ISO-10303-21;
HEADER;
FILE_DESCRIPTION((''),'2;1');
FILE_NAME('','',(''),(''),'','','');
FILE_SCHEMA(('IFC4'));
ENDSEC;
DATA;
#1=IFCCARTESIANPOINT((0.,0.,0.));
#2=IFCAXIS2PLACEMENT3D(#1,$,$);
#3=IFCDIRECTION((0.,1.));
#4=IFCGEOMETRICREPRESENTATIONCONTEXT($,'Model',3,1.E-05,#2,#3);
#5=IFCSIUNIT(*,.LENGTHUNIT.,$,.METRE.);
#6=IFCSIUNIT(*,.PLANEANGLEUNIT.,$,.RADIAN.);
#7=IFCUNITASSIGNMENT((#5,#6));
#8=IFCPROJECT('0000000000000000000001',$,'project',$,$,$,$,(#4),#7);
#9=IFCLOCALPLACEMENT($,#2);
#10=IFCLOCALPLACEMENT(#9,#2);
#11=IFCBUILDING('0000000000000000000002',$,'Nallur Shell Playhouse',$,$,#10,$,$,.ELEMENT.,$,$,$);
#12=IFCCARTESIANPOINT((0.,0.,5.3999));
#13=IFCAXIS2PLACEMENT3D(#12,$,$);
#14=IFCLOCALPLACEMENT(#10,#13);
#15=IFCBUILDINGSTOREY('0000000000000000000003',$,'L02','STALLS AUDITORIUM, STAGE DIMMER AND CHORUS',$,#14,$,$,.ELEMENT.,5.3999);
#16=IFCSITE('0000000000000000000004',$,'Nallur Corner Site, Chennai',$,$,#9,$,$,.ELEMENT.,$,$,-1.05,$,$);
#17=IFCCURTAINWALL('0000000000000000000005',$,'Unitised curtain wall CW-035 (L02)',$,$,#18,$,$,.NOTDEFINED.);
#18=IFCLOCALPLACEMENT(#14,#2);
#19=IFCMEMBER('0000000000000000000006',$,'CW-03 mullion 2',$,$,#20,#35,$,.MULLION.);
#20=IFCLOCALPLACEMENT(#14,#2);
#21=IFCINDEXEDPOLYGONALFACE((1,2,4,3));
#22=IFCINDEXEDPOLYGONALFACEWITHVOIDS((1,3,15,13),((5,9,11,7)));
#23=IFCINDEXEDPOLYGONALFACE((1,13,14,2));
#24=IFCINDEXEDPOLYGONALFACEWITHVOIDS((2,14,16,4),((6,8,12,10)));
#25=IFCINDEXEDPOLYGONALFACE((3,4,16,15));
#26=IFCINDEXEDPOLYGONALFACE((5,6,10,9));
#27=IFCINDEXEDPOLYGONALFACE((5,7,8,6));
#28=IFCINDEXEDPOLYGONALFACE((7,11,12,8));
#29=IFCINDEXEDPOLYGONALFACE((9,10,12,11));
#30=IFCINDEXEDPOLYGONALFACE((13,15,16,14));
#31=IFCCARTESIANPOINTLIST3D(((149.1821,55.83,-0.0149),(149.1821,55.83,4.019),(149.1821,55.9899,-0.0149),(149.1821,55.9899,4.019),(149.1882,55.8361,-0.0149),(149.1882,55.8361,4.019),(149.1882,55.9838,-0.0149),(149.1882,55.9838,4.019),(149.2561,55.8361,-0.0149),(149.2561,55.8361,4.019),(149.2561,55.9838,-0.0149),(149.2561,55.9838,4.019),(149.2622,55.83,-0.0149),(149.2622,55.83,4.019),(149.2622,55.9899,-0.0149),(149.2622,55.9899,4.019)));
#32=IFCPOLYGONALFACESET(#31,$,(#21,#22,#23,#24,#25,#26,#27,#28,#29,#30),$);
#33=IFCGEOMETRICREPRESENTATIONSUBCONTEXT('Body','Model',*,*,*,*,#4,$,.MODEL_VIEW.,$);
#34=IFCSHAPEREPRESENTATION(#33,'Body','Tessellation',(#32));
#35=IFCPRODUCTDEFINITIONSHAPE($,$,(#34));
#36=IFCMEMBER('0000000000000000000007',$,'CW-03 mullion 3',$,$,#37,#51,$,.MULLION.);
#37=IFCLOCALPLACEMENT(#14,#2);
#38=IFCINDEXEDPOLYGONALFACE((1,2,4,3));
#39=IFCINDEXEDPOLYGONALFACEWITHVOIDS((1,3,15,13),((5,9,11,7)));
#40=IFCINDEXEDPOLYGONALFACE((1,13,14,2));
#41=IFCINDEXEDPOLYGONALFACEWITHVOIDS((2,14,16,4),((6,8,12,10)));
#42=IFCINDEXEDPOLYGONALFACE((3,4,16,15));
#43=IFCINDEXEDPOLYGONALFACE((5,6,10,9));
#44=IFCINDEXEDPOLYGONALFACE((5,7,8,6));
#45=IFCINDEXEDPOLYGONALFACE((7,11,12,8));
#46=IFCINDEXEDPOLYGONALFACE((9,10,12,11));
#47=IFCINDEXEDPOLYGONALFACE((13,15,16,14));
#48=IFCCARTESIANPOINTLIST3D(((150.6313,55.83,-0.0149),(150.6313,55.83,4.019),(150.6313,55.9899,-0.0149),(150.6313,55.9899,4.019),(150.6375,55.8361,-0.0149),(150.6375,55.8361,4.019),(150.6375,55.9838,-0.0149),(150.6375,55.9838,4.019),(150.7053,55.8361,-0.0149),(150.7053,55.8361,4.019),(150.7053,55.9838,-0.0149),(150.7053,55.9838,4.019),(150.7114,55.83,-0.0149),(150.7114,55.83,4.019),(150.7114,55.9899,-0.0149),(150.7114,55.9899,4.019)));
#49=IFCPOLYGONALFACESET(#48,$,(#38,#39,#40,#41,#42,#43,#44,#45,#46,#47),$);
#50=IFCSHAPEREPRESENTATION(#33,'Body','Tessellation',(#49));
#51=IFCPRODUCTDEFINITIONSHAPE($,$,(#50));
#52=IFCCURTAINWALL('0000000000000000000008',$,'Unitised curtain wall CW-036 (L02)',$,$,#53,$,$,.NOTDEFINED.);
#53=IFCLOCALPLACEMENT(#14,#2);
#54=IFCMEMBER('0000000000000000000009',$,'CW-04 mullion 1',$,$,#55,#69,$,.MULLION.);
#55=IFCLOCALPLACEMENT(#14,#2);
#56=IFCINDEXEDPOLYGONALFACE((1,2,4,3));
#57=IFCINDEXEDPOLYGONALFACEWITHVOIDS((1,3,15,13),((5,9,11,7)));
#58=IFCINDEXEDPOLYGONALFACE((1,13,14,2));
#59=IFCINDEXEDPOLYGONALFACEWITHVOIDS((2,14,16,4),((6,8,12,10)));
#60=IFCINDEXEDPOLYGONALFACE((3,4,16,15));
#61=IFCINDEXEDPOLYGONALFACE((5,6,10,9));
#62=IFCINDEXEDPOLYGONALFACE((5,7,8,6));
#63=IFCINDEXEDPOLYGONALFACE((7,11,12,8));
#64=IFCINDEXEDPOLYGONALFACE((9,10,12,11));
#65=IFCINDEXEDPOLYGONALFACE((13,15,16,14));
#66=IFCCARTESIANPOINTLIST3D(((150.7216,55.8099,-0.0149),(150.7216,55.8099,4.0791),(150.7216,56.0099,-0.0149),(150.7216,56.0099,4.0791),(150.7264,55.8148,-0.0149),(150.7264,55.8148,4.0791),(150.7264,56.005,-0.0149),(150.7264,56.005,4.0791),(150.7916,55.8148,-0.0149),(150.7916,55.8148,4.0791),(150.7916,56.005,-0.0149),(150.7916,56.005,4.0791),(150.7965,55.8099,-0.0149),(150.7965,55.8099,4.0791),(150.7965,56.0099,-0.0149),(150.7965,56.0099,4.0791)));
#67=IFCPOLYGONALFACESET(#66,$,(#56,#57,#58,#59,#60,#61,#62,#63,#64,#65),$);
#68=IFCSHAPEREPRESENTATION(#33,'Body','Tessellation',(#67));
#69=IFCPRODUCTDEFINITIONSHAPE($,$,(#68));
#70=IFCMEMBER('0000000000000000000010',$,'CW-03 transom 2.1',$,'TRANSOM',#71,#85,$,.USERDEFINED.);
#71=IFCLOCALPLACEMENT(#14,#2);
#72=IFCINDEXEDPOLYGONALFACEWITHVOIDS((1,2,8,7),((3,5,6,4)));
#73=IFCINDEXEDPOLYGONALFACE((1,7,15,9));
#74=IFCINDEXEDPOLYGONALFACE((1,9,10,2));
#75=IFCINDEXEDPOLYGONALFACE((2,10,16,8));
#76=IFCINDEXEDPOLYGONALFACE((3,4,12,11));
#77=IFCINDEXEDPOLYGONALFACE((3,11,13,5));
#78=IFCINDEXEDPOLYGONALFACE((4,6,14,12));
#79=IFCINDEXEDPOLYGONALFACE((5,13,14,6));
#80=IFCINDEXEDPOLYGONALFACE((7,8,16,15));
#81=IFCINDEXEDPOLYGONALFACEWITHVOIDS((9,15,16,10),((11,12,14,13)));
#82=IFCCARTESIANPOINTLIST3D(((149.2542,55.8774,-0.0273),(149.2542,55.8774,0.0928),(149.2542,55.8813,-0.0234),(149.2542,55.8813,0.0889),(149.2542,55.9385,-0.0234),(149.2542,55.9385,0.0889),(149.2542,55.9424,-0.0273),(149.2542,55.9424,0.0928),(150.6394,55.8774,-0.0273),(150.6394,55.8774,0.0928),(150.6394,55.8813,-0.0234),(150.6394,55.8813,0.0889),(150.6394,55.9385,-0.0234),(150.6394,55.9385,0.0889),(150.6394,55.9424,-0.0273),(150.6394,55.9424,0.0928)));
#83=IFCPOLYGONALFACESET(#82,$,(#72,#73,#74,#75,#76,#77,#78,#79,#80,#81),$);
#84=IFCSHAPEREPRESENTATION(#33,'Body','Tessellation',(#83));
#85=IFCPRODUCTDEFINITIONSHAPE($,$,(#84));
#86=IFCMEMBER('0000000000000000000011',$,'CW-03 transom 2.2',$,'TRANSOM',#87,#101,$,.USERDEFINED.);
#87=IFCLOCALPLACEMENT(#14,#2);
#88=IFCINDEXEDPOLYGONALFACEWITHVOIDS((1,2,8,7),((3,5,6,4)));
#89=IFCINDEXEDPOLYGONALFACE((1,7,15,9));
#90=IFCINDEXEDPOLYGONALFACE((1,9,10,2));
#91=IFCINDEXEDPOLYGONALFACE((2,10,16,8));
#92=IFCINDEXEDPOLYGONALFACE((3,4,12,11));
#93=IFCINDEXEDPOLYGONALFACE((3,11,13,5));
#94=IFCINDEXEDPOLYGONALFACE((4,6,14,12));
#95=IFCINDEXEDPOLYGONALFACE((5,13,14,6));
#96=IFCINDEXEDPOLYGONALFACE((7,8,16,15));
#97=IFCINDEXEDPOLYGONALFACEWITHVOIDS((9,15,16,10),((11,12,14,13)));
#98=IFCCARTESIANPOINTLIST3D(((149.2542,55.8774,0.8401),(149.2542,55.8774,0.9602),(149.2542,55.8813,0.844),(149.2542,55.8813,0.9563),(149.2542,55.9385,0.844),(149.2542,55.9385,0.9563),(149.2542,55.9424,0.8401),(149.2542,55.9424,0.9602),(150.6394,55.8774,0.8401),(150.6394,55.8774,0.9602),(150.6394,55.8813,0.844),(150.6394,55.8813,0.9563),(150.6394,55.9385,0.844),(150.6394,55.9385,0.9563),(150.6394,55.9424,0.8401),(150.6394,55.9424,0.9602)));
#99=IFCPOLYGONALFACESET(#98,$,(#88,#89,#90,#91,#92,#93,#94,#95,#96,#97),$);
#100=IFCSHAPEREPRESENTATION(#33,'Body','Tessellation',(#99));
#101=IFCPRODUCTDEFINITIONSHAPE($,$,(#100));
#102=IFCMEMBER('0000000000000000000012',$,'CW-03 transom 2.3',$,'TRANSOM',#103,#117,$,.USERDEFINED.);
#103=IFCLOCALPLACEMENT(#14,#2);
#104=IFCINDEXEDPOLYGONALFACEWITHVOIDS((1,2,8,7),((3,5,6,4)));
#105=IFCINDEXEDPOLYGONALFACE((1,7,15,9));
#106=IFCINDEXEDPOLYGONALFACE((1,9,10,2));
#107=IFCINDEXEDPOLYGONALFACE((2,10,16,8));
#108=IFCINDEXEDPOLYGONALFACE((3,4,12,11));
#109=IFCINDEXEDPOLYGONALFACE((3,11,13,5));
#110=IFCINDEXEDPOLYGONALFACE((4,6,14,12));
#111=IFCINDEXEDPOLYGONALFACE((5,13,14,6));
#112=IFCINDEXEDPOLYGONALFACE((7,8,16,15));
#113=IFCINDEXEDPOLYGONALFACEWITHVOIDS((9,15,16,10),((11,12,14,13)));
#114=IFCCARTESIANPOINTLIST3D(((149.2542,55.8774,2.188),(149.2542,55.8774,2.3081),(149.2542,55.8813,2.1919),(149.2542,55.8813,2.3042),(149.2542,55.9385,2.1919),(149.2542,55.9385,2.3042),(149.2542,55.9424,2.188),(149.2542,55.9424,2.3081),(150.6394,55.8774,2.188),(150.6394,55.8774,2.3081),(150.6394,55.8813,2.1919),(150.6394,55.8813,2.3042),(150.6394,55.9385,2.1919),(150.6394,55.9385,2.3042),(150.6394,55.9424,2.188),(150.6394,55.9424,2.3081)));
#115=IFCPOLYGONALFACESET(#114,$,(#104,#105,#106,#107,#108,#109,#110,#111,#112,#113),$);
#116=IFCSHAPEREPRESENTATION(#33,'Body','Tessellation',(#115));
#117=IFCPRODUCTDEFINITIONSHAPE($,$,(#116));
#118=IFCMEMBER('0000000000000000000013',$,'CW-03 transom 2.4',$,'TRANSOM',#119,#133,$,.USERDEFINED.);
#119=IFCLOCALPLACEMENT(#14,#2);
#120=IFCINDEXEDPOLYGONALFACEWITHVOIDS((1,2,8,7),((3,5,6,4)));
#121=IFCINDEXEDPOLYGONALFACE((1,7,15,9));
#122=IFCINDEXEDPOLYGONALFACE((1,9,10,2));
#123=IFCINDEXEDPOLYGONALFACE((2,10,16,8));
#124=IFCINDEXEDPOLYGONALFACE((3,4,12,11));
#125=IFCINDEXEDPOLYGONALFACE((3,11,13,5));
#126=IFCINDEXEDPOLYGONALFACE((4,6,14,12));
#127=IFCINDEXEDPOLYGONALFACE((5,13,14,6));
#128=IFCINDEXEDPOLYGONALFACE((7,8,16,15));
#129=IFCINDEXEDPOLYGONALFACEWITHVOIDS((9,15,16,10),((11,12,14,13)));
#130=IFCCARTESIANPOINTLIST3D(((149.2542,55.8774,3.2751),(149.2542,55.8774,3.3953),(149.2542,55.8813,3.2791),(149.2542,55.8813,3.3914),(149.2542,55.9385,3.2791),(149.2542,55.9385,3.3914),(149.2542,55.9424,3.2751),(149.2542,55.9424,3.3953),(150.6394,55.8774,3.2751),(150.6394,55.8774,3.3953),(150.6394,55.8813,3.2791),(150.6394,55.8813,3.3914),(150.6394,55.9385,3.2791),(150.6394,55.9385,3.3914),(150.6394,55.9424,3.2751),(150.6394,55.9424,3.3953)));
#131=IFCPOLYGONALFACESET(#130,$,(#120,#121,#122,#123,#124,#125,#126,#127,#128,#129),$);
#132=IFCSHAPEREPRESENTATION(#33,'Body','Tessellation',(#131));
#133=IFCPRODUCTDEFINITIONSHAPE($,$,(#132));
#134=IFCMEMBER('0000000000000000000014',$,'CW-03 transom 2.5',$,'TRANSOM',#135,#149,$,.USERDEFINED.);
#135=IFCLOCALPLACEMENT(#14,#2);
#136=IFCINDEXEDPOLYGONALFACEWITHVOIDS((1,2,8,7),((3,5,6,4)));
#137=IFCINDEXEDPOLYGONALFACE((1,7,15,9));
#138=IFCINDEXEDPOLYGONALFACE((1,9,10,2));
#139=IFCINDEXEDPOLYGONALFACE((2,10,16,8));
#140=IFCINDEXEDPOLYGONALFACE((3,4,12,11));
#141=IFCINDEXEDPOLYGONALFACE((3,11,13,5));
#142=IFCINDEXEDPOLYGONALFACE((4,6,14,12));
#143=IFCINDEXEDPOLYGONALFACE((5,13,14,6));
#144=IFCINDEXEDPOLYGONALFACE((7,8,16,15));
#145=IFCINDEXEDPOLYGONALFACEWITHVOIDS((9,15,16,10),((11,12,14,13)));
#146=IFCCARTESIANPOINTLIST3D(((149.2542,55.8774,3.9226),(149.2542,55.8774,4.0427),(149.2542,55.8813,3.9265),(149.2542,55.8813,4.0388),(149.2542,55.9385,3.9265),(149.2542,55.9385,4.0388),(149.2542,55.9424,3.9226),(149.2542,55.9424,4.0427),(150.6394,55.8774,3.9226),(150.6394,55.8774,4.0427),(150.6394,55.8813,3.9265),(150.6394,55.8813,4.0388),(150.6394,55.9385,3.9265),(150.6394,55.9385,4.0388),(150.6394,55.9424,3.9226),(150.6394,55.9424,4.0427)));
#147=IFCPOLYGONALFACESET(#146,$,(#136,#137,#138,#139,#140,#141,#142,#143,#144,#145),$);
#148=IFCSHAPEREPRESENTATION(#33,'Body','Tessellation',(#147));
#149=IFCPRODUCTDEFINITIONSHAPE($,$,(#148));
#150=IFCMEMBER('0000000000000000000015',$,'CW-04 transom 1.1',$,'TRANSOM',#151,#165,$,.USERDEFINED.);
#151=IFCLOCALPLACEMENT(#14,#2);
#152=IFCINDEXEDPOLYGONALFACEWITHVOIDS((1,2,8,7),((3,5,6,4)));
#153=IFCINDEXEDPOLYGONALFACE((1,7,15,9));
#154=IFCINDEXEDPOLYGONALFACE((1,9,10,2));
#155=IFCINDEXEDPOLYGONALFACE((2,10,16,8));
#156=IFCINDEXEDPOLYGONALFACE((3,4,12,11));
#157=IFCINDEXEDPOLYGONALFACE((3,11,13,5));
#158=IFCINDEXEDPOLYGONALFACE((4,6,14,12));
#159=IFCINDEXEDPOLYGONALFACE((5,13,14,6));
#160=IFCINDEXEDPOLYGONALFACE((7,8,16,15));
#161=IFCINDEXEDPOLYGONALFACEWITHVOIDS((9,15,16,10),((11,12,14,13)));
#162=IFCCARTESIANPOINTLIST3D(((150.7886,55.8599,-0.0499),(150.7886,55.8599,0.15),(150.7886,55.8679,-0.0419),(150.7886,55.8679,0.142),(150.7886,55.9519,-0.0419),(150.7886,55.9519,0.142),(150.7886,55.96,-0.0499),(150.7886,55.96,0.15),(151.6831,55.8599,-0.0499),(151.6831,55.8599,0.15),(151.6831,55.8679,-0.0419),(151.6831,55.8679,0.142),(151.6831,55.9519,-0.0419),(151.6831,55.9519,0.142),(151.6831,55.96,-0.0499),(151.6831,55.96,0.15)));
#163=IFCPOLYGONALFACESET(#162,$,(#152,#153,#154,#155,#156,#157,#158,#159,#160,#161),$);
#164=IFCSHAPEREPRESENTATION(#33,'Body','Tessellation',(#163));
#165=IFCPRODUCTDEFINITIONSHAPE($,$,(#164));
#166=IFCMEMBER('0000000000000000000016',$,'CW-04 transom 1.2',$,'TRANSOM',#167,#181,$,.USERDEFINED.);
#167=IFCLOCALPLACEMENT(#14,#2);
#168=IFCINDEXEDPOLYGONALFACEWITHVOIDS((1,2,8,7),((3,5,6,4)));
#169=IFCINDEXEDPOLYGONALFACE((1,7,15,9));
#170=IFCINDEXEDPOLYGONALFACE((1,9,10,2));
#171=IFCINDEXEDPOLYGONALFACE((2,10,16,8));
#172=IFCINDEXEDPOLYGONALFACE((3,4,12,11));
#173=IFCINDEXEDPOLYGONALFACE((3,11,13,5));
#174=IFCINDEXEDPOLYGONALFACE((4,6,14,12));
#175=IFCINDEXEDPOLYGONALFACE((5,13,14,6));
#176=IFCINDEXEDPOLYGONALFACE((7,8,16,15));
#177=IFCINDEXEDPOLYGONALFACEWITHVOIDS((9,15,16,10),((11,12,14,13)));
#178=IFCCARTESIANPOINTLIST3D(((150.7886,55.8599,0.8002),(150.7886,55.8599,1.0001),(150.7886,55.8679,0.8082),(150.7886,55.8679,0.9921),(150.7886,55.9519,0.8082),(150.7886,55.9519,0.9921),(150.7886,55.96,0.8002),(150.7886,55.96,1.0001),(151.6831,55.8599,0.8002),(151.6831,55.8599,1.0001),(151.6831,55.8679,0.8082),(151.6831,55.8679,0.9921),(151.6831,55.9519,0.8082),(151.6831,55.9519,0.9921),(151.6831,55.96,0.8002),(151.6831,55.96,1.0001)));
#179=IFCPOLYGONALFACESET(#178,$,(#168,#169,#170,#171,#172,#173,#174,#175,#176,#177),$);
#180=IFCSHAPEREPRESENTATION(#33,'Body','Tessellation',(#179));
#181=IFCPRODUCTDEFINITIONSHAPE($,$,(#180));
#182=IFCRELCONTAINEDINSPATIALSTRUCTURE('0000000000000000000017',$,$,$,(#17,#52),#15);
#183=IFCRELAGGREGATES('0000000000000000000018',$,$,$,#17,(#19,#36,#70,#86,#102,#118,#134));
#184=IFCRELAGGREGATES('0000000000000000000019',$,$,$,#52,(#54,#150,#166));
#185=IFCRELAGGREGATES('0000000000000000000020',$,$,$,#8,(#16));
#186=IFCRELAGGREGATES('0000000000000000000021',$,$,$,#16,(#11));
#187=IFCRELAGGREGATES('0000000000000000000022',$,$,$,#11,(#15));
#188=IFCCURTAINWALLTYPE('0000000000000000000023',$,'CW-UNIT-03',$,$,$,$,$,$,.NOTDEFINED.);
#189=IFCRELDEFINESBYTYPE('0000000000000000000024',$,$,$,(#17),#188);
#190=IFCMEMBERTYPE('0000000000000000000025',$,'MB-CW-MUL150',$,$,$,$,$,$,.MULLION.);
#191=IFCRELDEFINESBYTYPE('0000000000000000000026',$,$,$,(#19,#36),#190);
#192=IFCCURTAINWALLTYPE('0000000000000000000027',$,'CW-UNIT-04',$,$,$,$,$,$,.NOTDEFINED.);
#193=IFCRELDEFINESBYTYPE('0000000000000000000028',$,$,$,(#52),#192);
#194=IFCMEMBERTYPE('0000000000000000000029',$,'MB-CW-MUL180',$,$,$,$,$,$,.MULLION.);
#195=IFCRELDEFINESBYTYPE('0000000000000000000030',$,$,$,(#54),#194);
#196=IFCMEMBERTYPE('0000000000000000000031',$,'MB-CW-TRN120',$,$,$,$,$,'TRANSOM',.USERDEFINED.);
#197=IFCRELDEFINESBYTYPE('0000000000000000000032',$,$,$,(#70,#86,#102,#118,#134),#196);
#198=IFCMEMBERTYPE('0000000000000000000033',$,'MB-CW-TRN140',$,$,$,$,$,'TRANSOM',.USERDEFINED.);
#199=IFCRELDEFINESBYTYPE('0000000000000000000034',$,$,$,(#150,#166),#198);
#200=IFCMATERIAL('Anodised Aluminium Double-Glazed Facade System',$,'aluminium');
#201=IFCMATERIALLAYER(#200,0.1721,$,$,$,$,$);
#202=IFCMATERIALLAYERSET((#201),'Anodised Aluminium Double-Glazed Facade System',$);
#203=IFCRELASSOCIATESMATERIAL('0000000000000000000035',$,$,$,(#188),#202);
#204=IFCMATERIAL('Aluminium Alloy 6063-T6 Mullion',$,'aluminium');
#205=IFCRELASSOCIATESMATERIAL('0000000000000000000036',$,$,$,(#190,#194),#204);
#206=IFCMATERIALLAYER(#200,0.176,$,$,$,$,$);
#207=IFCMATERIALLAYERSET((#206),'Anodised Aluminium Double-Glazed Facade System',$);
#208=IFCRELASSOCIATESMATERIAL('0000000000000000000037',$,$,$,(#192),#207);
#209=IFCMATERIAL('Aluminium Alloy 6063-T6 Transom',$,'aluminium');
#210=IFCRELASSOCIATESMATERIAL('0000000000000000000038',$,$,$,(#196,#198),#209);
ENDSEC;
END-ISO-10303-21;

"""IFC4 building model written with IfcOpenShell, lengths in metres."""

from ifc_helpers import new_model, si_unit, direction, frame, origin, origin_2d, place, context, subcontext, project, spatial, hollow_rectangle, extrude, material, layer, layer_set, material_profile, profile_set, type_object, element, aggregate, save


model = new_model("IFC4")

# Units and contexts
model_context = context("Model", 3, precision=1e-05, world=origin(), true_north=direction((0.0, 1.0)))
body_context = subcontext(model_context, "Body", "Model", "MODEL_VIEW")
ifc_project = project(units=[si_unit("LENGTHUNIT", "METRE"), si_unit("PLANEANGLEUNIT", "RADIAN")], contexts=[model_context])

# Site, building, storey
site_placement = place(None, origin())
site = spatial("IfcSite", under=ifc_project, at=site_placement, Name="Nallur Corner Site, Chennai", CompositionType="ELEMENT", RefElevation=-1.05)
building_placement = place(site_placement, origin())
building = spatial("IfcBuilding", under=site, at=building_placement, Name="Nallur Shell Playhouse", CompositionType="ELEMENT")
storey_placement = place(building_placement, frame((0.0, 0.0, 5.3999)))
storey = spatial("IfcBuildingStorey", under=building, at=storey_placement, Name="L02", Description="STALLS AUDITORIUM, STAGE DIMMER AND CHORUS", CompositionType="ELEMENT", Elevation=5.3999)

# Curtain wall, members
ifc_material_1 = material(Name="Anodised Aluminium Double-Glazed Facade System", Category="aluminium")
ifc_layer_1 = layer(ifc_material_1, 0.1721)
ifc_layer_set_1 = layer_set([ifc_layer_1], Name="Anodised Aluminium Double-Glazed Facade System")
curtain_wall_type_1 = type_object("IfcCurtainWallType", Name="CW-UNIT-03", PredefinedType="NOTDEFINED", material=ifc_layer_set_1)
curtain_wall_1_placement = place(storey_placement, origin())
curtain_wall_1 = element("IfcCurtainWall", 1, at=curtain_wall_1_placement, inside=storey, type_object=curtain_wall_type_1, Name="Unitised curtain wall CW-035 (L02)", PredefinedType="NOTDEFINED")
ifc_material_2 = material(Name="Aluminium Alloy 6063-T6 Mullion", Category="aluminium")
ifc_material_profile_1 = material_profile(ifc_material_2, hollow_rectangle(XDim=0.0801, YDim=0.1599, WallThickness=0.0061, at=origin_2d()), Name="RHS 160x80x6")
ifc_profile_set_1 = profile_set([ifc_material_profile_1], Name="Aluminium Alloy 6063-T6 Mullion")
member_type_1 = type_object("IfcMemberType", Name="MB-CW-MUL150", PredefinedType="MULLION", material=ifc_profile_set_1)
member_1_placement = place(storey_placement, frame((149.2222, 55.9099, -0.0149), z_axis=(0.0, 0.0, 1.0), x_axis=(1.0, 0.0, 0.0)))
member_1 = element("IfcMember", 2, at=member_1_placement, type_object=member_type_1, Name="CW-03 mullion 2", PredefinedType="MULLION", context=body_context, shape_type="SweptSolid", body=[
    extrude(hollow_rectangle(XDim=0.0801, YDim=0.1599, WallThickness=0.0061, at=origin_2d()), origin(), (0.0, 0.0, 1.0), 4.0339),
])
member_2_placement = place(storey_placement, frame((150.6714, 55.9099, -0.0149), z_axis=(0.0, 0.0, 1.0), x_axis=(1.0, 0.0, 0.0)))
member_2 = element("IfcMember", 3, at=member_2_placement, type_object=member_type_1, Name="CW-03 mullion 3", PredefinedType="MULLION", context=body_context, shape_type="SweptSolid", body=[
    extrude(hollow_rectangle(XDim=0.0801, YDim=0.1599, WallThickness=0.0061, at=origin_2d()), origin(), (0.0, 0.0, 1.0), 4.0339),
])

# Curtain wall, member
ifc_layer_2 = layer(ifc_material_1, 0.176)
ifc_layer_set_2 = layer_set([ifc_layer_2], Name="Anodised Aluminium Double-Glazed Facade System")
curtain_wall_type_2 = type_object("IfcCurtainWallType", Name="CW-UNIT-04", PredefinedType="NOTDEFINED", material=ifc_layer_set_2)
curtain_wall_2_placement = place(storey_placement, origin())
curtain_wall_2 = element("IfcCurtainWall", 4, at=curtain_wall_2_placement, inside=storey, type_object=curtain_wall_type_2, Name="Unitised curtain wall CW-036 (L02)", PredefinedType="NOTDEFINED")
ifc_material_profile_2 = material_profile(ifc_material_2, hollow_rectangle(XDim=0.075, YDim=0.2, WallThickness=0.0049, at=origin_2d()), Name="ALU 75x200x5")
ifc_profile_set_2 = profile_set([ifc_material_profile_2], Name="Aluminium Alloy 6063-T6 Mullion")
member_type_2 = type_object("IfcMemberType", Name="MB-CW-MUL180", PredefinedType="MULLION", material=ifc_profile_set_2)
member_3_placement = place(storey_placement, frame((150.759, 55.9099, -0.0149), z_axis=(0.0, 0.0, 1.0), x_axis=(1.0, 0.0, 0.0)))
member_3 = element("IfcMember", 5, at=member_3_placement, type_object=member_type_2, Name="CW-04 mullion 1", PredefinedType="MULLION", context=body_context, shape_type="SweptSolid", body=[
    extrude(hollow_rectangle(XDim=0.075, YDim=0.2, WallThickness=0.0049, at=origin_2d()), origin(), (0.0, 0.0, 1.0), 4.094),
])

# Members
ifc_material_3 = material(Name="Aluminium Alloy 6063-T6 Transom", Category="aluminium")
ifc_material_profile_3 = material_profile(ifc_material_3, hollow_rectangle(XDim=0.0649, YDim=0.1201, WallThickness=0.0039, at=origin_2d()), Name="ALU 65x120x4")
ifc_profile_set_3 = profile_set([ifc_material_profile_3], Name="Aluminium Alloy 6063-T6 Transom")
member_type_3 = type_object("IfcMemberType", Name="MB-CW-TRN120", ElementType="TRANSOM", PredefinedType="USERDEFINED", material=ifc_profile_set_3)
member_4_placement = place(storey_placement, frame((149.2542, 55.9099, 0.0327), z_axis=(1.0, 0.0, 0.0), x_axis=(0.0, 1.0, 0.0)))
member_4 = element("IfcMember", 6, at=member_4_placement, type_object=member_type_3, Name="CW-03 transom 2.1", ObjectType="TRANSOM", PredefinedType="USERDEFINED", context=body_context, shape_type="SweptSolid", body=[
    extrude(hollow_rectangle(XDim=0.0649, YDim=0.1201, WallThickness=0.0039, at=origin_2d()), origin(), (0.0, 0.0, 1.0), 1.3853),
])
member_5_placement = place(storey_placement, frame((149.2542, 55.9099, 0.9001), z_axis=(1.0, 0.0, 0.0), x_axis=(0.0, 1.0, 0.0)))
member_5 = element("IfcMember", 7, at=member_5_placement, type_object=member_type_3, Name="CW-03 transom 2.2", ObjectType="TRANSOM", PredefinedType="USERDEFINED", context=body_context, shape_type="SweptSolid", body=[
    extrude(hollow_rectangle(XDim=0.0649, YDim=0.1201, WallThickness=0.0039, at=origin_2d()), origin(), (0.0, 0.0, 1.0), 1.3853),
])
member_6_placement = place(storey_placement, frame((149.2542, 55.9099, 2.248), z_axis=(1.0, 0.0, 0.0), x_axis=(0.0, 1.0, 0.0)))
member_6 = element("IfcMember", 8, at=member_6_placement, type_object=member_type_3, Name="CW-03 transom 2.3", ObjectType="TRANSOM", PredefinedType="USERDEFINED", context=body_context, shape_type="SweptSolid", body=[
    extrude(hollow_rectangle(XDim=0.0649, YDim=0.1201, WallThickness=0.0039, at=origin_2d()), origin(), (0.0, 0.0, 1.0), 1.3853),
])
member_7_placement = place(storey_placement, frame((149.2542, 55.9099, 3.3352), z_axis=(1.0, 0.0, 0.0), x_axis=(0.0, 1.0, 0.0)))
member_7 = element("IfcMember", 9, at=member_7_placement, type_object=member_type_3, Name="CW-03 transom 2.4", ObjectType="TRANSOM", PredefinedType="USERDEFINED", context=body_context, shape_type="SweptSolid", body=[
    extrude(hollow_rectangle(XDim=0.0649, YDim=0.1201, WallThickness=0.0039, at=origin_2d()), origin(), (0.0, 0.0, 1.0), 1.3853),
])
member_8_placement = place(storey_placement, frame((149.2542, 55.9099, 3.9827), z_axis=(1.0, 0.0, 0.0), x_axis=(0.0, 1.0, 0.0)))
member_8 = element("IfcMember", 10, at=member_8_placement, type_object=member_type_3, Name="CW-03 transom 2.5", ObjectType="TRANSOM", PredefinedType="USERDEFINED", context=body_context, shape_type="SweptSolid", body=[
    extrude(hollow_rectangle(XDim=0.0649, YDim=0.1201, WallThickness=0.0039, at=origin_2d()), origin(), (0.0, 0.0, 1.0), 1.3853),
])
ifc_material_profile_4 = material_profile(ifc_material_3, hollow_rectangle(XDim=0.1001, YDim=0.2, WallThickness=0.0081, at=origin_2d()), Name="RHS 200x100x8")
ifc_profile_set_4 = profile_set([ifc_material_profile_4], Name="Aluminium Alloy 6063-T6 Transom")
member_type_4 = type_object("IfcMemberType", Name="MB-CW-TRN140", ElementType="TRANSOM", PredefinedType="USERDEFINED", material=ifc_profile_set_4)
member_9_placement = place(storey_placement, frame((150.7886, 55.9099, 0.05), z_axis=(1.0, 0.0, 0.0), x_axis=(0.0, 1.0, 0.0)))
member_9 = element("IfcMember", 11, at=member_9_placement, type_object=member_type_4, Name="CW-04 transom 1.1", ObjectType="TRANSOM", PredefinedType="USERDEFINED", context=body_context, shape_type="SweptSolid", body=[
    extrude(hollow_rectangle(XDim=0.1001, YDim=0.2, WallThickness=0.0081, at=origin_2d()), origin(), (0.0, 0.0, 1.0), 0.8945),
])
member_10_placement = place(storey_placement, frame((150.7886, 55.9099, 0.9001), z_axis=(1.0, 0.0, 0.0), x_axis=(0.0, 1.0, 0.0)))
member_10 = element("IfcMember", 12, at=member_10_placement, type_object=member_type_4, Name="CW-04 transom 1.2", ObjectType="TRANSOM", PredefinedType="USERDEFINED", context=body_context, shape_type="SweptSolid", body=[
    extrude(hollow_rectangle(XDim=0.1001, YDim=0.2, WallThickness=0.0081, at=origin_2d()), origin(), (0.0, 0.0, 1.0), 0.8945),
])

aggregate(curtain_wall_1, [member_1, member_2, member_4, member_5, member_6, member_7, member_8])
aggregate(curtain_wall_2, [member_3, member_9, member_10])

save(model, "model.ifc")
